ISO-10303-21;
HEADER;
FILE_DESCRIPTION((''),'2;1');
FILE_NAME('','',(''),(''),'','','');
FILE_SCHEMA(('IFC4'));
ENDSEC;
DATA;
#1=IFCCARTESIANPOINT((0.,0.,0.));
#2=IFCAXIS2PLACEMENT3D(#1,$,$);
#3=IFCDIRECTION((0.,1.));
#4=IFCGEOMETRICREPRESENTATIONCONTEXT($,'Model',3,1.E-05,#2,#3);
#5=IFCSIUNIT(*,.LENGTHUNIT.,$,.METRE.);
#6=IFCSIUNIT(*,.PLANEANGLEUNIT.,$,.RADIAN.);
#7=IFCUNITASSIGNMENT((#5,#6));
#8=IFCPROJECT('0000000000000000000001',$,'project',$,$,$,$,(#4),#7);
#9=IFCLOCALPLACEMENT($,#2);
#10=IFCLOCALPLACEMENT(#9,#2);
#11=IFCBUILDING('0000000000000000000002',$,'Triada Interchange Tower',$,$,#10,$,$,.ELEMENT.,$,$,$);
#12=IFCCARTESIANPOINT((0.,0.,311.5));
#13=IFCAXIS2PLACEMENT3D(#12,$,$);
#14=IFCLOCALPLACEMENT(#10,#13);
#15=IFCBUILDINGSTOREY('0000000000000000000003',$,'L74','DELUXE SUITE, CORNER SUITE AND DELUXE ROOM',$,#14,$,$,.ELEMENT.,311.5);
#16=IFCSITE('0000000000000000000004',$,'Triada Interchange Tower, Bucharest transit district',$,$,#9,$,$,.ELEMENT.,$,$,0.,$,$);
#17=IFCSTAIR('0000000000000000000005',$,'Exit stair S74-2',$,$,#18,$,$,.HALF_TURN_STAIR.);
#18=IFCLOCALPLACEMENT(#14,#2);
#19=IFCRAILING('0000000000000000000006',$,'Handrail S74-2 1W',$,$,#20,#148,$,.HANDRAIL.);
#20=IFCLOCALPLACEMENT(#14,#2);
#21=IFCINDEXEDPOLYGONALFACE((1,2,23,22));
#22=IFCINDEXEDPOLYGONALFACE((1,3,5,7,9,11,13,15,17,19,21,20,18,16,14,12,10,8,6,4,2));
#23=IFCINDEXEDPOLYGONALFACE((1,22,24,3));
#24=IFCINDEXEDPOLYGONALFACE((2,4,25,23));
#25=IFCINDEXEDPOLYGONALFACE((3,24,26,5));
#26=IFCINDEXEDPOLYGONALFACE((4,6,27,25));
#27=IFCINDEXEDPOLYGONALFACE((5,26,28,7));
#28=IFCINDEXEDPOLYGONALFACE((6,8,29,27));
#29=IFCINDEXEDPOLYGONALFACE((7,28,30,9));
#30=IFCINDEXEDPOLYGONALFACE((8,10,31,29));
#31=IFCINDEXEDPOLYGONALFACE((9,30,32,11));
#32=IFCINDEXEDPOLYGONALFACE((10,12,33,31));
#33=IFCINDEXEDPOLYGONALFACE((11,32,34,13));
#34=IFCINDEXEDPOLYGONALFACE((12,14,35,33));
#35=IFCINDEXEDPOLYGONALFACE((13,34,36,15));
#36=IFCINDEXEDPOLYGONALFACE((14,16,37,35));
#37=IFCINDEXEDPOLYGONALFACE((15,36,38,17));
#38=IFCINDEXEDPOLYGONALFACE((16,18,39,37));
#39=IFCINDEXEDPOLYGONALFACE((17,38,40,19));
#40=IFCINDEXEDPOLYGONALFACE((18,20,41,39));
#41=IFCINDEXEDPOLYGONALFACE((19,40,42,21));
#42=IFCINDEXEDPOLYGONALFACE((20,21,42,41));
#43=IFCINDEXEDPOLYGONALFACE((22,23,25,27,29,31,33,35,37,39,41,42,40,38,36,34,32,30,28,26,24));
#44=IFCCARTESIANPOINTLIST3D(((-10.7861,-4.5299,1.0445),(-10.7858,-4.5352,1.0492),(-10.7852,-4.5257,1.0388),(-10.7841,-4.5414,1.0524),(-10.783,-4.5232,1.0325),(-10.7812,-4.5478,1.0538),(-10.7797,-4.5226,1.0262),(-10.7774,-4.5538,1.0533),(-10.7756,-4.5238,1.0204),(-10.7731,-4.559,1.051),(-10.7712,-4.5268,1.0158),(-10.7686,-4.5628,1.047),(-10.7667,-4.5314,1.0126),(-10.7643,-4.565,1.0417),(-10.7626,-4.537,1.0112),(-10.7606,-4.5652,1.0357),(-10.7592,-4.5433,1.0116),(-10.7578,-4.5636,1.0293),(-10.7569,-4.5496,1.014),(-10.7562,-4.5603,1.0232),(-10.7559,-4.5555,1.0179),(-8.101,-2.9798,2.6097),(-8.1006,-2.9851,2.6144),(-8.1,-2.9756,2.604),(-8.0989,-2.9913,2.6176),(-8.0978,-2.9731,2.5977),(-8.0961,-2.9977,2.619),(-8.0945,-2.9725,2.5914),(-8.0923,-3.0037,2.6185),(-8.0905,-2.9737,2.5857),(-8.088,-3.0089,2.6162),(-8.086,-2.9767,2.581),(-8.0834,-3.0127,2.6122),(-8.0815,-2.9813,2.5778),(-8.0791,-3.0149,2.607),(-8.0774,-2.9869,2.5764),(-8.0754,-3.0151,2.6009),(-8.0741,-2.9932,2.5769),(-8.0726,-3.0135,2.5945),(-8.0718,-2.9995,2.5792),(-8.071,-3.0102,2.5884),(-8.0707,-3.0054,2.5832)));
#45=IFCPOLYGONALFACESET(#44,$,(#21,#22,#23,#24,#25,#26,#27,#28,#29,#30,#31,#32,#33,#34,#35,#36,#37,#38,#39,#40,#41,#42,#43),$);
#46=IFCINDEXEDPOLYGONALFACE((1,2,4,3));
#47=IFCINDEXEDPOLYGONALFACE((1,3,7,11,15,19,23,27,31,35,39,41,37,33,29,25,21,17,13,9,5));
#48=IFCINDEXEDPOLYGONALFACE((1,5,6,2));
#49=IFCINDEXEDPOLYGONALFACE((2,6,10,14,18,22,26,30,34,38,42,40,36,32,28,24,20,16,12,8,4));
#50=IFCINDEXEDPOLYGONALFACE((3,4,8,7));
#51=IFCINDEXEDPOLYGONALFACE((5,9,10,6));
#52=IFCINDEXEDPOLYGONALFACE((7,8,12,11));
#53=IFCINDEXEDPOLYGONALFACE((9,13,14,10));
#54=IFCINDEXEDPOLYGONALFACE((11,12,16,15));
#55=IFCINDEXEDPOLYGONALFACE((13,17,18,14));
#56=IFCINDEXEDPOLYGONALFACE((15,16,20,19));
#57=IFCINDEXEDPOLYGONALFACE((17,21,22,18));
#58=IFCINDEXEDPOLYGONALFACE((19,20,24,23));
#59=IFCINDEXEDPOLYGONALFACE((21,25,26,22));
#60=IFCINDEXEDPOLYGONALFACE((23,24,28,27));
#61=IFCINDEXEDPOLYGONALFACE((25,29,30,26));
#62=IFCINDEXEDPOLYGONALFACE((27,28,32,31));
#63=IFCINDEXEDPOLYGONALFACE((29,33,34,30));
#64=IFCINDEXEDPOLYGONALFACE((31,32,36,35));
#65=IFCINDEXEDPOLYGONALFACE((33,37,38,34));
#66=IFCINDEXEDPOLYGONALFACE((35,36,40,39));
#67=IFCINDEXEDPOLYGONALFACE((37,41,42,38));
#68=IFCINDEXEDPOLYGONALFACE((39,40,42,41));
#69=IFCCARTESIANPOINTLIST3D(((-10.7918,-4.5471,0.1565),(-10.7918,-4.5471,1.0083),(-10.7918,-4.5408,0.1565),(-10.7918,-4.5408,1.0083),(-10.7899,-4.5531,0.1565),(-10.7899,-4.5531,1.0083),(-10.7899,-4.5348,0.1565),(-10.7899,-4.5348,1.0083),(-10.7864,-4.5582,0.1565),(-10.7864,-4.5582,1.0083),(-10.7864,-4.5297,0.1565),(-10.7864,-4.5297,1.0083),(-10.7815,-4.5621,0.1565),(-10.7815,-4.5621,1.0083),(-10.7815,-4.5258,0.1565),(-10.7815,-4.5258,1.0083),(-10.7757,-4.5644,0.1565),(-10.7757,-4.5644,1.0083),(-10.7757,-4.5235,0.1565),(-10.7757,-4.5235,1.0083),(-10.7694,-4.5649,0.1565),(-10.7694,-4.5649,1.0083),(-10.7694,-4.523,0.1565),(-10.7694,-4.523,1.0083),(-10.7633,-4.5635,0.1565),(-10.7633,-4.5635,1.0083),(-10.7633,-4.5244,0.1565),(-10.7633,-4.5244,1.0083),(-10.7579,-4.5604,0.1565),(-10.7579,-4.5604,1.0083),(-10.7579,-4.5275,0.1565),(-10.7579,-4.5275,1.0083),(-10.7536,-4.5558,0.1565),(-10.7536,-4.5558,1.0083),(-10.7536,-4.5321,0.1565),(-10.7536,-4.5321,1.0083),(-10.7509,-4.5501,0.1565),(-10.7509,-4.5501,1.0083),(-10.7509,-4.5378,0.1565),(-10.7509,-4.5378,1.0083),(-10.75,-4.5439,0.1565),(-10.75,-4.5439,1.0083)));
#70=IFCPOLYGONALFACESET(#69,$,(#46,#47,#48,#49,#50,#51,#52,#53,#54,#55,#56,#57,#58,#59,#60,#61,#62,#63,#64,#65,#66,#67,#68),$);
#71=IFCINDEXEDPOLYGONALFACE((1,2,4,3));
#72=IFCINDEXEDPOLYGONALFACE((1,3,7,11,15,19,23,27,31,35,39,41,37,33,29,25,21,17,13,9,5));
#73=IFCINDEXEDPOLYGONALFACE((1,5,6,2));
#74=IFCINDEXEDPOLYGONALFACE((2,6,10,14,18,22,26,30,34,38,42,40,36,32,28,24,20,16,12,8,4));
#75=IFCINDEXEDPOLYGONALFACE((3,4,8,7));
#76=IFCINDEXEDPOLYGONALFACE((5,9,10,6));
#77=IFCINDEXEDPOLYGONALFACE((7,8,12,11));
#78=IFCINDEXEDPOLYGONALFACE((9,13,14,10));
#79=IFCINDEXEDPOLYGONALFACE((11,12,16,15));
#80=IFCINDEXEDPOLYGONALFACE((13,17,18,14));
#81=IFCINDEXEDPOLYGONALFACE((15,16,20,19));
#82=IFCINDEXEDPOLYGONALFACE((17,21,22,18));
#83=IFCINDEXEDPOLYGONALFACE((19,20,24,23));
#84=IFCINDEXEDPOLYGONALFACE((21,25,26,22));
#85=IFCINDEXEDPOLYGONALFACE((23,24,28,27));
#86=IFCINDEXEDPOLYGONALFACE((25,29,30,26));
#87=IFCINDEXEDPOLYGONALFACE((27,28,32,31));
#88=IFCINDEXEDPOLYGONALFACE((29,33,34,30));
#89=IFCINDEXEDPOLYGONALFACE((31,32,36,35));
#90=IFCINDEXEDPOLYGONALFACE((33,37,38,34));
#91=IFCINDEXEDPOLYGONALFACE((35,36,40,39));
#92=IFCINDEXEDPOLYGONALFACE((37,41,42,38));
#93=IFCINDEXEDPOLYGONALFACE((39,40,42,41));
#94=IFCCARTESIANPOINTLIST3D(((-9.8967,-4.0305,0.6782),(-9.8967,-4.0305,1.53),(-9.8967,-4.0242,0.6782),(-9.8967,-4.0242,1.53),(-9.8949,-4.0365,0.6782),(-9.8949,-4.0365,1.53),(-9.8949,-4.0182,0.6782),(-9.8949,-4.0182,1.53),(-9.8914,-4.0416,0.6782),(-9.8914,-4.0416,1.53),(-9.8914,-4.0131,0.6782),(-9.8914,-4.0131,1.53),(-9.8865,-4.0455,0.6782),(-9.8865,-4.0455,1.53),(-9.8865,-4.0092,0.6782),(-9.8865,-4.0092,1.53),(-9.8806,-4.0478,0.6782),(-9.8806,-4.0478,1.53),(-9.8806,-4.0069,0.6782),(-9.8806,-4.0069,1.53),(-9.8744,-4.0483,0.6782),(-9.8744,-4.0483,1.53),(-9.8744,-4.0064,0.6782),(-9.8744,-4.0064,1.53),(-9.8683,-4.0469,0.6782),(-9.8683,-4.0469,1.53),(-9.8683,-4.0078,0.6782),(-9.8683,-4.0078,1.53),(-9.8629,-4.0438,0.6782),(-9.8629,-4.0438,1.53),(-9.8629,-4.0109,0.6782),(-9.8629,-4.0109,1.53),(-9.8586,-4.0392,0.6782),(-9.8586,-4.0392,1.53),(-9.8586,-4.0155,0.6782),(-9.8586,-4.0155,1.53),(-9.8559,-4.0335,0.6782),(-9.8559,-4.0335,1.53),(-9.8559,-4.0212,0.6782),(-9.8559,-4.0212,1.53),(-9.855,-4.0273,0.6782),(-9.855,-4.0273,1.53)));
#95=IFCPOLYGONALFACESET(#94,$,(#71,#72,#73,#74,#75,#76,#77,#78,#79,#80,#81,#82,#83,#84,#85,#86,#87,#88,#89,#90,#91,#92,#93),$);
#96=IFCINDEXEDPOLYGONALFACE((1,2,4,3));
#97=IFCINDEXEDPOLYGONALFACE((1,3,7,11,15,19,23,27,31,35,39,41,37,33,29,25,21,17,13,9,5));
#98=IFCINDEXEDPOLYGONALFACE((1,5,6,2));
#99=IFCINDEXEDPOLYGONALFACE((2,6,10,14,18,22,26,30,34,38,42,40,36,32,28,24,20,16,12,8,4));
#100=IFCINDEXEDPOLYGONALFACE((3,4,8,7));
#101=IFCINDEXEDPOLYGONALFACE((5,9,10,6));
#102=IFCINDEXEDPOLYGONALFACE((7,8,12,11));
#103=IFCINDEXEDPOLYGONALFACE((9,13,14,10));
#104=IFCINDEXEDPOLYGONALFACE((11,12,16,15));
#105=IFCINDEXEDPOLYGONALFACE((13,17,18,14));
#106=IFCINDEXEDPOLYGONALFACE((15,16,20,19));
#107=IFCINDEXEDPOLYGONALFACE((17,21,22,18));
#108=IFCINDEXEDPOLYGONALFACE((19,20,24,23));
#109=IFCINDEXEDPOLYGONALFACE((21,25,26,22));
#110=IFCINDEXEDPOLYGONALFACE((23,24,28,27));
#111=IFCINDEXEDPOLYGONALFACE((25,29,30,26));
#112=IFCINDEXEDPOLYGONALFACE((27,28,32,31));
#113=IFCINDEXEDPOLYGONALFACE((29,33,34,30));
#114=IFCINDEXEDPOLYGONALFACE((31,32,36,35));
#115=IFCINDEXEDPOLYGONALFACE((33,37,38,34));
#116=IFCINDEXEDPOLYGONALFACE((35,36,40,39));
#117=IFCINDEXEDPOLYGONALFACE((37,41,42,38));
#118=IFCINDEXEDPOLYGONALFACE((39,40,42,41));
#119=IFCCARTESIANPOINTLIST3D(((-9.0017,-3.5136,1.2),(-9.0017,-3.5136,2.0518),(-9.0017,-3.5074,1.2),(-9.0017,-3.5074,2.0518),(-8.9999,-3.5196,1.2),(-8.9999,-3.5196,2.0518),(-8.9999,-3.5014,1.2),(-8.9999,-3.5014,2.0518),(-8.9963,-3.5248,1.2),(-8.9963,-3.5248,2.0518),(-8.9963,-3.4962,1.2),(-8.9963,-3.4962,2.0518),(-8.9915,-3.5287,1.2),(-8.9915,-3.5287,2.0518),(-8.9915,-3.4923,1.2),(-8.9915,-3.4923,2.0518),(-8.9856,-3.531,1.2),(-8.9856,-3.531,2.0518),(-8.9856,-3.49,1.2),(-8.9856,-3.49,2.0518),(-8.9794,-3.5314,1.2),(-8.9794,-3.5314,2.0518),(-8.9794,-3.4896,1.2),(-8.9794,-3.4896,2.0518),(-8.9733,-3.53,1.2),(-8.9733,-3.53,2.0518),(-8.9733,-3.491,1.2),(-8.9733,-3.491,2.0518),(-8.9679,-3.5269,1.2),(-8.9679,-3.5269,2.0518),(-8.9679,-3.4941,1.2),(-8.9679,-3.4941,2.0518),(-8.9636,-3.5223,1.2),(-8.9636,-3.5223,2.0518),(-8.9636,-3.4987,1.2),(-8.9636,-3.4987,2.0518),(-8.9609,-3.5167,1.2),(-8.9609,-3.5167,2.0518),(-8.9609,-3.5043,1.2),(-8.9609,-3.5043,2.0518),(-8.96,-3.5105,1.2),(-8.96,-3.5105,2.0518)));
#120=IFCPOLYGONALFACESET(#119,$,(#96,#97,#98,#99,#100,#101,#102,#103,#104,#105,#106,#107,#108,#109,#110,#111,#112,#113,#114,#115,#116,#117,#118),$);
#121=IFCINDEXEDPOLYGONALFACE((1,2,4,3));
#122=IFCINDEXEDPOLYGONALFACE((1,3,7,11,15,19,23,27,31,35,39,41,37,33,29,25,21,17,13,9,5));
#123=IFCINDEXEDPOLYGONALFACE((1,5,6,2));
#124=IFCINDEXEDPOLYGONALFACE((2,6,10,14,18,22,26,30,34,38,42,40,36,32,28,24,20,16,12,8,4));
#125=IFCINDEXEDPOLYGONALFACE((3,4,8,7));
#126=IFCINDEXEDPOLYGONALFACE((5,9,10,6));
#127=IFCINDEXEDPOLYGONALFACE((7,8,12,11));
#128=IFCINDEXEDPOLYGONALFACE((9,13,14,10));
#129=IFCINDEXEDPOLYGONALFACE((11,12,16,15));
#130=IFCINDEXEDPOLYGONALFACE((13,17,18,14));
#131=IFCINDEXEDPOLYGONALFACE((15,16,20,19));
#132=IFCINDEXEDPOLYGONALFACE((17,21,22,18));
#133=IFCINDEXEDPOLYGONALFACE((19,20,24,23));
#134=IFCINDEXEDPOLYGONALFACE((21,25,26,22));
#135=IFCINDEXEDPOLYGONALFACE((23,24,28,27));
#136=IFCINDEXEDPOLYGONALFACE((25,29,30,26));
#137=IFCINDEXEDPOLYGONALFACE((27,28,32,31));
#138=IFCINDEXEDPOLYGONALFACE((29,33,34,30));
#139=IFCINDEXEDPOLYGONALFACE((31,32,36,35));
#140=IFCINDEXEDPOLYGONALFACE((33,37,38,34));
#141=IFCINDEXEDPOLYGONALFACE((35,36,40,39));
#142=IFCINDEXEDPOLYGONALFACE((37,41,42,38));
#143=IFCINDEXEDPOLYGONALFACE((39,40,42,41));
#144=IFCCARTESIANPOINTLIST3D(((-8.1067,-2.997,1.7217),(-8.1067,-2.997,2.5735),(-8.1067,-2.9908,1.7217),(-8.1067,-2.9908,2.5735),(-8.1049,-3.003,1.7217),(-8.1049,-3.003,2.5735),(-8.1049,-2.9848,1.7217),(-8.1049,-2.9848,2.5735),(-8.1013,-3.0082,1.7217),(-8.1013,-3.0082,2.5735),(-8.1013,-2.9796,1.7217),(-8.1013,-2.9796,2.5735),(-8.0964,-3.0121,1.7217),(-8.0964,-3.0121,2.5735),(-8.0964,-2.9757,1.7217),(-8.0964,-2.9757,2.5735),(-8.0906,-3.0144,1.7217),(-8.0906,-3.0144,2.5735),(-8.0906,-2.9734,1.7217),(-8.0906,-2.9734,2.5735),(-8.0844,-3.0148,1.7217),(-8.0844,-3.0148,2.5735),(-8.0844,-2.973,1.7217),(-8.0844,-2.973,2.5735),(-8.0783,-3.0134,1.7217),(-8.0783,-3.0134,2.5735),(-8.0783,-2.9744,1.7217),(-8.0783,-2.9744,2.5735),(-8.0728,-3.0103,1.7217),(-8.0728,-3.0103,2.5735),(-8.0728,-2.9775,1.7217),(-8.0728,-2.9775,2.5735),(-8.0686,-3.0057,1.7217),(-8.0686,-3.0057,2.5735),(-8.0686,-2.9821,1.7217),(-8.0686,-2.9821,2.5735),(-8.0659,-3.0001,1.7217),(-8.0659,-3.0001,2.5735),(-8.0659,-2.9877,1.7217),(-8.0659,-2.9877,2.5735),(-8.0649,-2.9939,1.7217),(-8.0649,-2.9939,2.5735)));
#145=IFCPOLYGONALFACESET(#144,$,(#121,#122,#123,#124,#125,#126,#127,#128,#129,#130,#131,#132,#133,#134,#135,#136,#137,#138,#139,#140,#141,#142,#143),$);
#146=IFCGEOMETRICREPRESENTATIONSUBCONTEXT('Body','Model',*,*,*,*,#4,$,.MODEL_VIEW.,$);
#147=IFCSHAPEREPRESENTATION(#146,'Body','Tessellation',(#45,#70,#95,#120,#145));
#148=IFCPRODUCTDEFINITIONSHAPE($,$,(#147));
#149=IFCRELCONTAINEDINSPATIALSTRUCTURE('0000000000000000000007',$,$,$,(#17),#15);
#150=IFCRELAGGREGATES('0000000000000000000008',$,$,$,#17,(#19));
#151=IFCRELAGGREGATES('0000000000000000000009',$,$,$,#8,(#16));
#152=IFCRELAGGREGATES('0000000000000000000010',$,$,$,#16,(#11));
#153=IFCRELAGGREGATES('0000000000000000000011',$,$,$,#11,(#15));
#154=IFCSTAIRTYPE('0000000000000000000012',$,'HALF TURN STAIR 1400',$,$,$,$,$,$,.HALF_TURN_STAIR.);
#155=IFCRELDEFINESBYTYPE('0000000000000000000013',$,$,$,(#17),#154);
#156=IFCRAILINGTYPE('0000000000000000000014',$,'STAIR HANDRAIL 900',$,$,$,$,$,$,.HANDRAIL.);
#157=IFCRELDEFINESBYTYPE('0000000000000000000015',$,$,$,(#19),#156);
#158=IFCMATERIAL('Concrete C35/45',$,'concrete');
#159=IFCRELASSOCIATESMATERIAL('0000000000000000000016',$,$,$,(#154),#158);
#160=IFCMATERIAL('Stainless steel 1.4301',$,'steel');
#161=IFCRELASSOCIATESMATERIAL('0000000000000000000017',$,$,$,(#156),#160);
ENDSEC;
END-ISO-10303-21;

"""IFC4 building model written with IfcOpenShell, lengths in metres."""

from ifc_helpers import new_model, si_unit, direction, frame, origin, origin_2d, place, context, subcontext, project, spatial, circle, extrude, material, type_object, element, aggregate, save


model = new_model("IFC4")

# Units and contexts
model_context = context("Model", 3, precision=1e-05, world=origin(), true_north=direction((0.0, 1.0)))
body_context = subcontext(model_context, "Body", "Model", "MODEL_VIEW")
ifc_project = project(units=[si_unit("LENGTHUNIT", "METRE"), si_unit("PLANEANGLEUNIT", "RADIAN")], contexts=[model_context])

# Site, building, storey
site_placement = place(None, origin())
site = spatial("IfcSite", under=ifc_project, at=site_placement, Name="Triada Interchange Tower, Bucharest transit district", CompositionType="ELEMENT", RefElevation=0.0)
building_placement = place(site_placement, origin())
building = spatial("IfcBuilding", under=site, at=building_placement, Name="Triada Interchange Tower", CompositionType="ELEMENT")
storey_placement = place(building_placement, frame((0.0, 0.0, 311.5)))
storey = spatial("IfcBuildingStorey", under=building, at=storey_placement, Name="L74", Description="DELUXE SUITE, CORNER SUITE AND DELUXE ROOM", CompositionType="ELEMENT", Elevation=311.5)

# Stair, railing
ifc_material_1 = material(Name="Concrete C35/45", Category="concrete")
stair_type = type_object("IfcStairType", Name="HALF TURN STAIR 1400", PredefinedType="HALF_TURN_STAIR", material=ifc_material_1)
stair_placement = place(storey_placement, origin())
stair = element("IfcStair", 1, at=stair_placement, inside=storey, type_object=stair_type, Name="Exit stair S74-2", PredefinedType="HALF_TURN_STAIR")
ifc_material_2 = material(Name="Stainless steel 1.4301", Category="steel")
railing_type = type_object("IfcRailingType", Name="STAIR HANDRAIL 900", PredefinedType="HANDRAIL", material=ifc_material_2)
railing_1_placement = place(storey_placement, frame((-10.771, -4.5439, 0.1565)))
railing_1 = element("IfcRailing", 2, at=railing_1_placement, type_object=railing_type, Name="Handrail S74-2 1W", PredefinedType="HANDRAIL", context=body_context, shape_type="SweptSolid", body=[
    extrude(circle(Radius=0.0239, at=origin_2d()), frame((0.0, 0.0, 0.876), z_axis=(0.773115, 0.446309, 0.450667), x_axis=(-0.499959, 0.866049, 0.0)), (0.0, 0.0, 1.0), 3.4731),
    extrude(circle(Radius=0.021, at=origin_2d()), origin(), (0.0, 0.0, 1.0), 0.8518),
    extrude(circle(Radius=0.021, at=origin_2d()), frame((0.895, 0.5166, 0.5217)), (0.0, 0.0, 1.0), 0.8518),
    extrude(circle(Radius=0.021, at=origin_2d()), frame((1.79, 1.0334, 1.0435)), (0.0, 0.0, 1.0), 0.8518),
    extrude(circle(Radius=0.021, at=origin_2d()), frame((2.6851, 1.55, 1.5652)), (0.0, 0.0, 1.0), 0.8518),
])
aggregate(stair, [railing_1])

save(model, "model.ifc")
